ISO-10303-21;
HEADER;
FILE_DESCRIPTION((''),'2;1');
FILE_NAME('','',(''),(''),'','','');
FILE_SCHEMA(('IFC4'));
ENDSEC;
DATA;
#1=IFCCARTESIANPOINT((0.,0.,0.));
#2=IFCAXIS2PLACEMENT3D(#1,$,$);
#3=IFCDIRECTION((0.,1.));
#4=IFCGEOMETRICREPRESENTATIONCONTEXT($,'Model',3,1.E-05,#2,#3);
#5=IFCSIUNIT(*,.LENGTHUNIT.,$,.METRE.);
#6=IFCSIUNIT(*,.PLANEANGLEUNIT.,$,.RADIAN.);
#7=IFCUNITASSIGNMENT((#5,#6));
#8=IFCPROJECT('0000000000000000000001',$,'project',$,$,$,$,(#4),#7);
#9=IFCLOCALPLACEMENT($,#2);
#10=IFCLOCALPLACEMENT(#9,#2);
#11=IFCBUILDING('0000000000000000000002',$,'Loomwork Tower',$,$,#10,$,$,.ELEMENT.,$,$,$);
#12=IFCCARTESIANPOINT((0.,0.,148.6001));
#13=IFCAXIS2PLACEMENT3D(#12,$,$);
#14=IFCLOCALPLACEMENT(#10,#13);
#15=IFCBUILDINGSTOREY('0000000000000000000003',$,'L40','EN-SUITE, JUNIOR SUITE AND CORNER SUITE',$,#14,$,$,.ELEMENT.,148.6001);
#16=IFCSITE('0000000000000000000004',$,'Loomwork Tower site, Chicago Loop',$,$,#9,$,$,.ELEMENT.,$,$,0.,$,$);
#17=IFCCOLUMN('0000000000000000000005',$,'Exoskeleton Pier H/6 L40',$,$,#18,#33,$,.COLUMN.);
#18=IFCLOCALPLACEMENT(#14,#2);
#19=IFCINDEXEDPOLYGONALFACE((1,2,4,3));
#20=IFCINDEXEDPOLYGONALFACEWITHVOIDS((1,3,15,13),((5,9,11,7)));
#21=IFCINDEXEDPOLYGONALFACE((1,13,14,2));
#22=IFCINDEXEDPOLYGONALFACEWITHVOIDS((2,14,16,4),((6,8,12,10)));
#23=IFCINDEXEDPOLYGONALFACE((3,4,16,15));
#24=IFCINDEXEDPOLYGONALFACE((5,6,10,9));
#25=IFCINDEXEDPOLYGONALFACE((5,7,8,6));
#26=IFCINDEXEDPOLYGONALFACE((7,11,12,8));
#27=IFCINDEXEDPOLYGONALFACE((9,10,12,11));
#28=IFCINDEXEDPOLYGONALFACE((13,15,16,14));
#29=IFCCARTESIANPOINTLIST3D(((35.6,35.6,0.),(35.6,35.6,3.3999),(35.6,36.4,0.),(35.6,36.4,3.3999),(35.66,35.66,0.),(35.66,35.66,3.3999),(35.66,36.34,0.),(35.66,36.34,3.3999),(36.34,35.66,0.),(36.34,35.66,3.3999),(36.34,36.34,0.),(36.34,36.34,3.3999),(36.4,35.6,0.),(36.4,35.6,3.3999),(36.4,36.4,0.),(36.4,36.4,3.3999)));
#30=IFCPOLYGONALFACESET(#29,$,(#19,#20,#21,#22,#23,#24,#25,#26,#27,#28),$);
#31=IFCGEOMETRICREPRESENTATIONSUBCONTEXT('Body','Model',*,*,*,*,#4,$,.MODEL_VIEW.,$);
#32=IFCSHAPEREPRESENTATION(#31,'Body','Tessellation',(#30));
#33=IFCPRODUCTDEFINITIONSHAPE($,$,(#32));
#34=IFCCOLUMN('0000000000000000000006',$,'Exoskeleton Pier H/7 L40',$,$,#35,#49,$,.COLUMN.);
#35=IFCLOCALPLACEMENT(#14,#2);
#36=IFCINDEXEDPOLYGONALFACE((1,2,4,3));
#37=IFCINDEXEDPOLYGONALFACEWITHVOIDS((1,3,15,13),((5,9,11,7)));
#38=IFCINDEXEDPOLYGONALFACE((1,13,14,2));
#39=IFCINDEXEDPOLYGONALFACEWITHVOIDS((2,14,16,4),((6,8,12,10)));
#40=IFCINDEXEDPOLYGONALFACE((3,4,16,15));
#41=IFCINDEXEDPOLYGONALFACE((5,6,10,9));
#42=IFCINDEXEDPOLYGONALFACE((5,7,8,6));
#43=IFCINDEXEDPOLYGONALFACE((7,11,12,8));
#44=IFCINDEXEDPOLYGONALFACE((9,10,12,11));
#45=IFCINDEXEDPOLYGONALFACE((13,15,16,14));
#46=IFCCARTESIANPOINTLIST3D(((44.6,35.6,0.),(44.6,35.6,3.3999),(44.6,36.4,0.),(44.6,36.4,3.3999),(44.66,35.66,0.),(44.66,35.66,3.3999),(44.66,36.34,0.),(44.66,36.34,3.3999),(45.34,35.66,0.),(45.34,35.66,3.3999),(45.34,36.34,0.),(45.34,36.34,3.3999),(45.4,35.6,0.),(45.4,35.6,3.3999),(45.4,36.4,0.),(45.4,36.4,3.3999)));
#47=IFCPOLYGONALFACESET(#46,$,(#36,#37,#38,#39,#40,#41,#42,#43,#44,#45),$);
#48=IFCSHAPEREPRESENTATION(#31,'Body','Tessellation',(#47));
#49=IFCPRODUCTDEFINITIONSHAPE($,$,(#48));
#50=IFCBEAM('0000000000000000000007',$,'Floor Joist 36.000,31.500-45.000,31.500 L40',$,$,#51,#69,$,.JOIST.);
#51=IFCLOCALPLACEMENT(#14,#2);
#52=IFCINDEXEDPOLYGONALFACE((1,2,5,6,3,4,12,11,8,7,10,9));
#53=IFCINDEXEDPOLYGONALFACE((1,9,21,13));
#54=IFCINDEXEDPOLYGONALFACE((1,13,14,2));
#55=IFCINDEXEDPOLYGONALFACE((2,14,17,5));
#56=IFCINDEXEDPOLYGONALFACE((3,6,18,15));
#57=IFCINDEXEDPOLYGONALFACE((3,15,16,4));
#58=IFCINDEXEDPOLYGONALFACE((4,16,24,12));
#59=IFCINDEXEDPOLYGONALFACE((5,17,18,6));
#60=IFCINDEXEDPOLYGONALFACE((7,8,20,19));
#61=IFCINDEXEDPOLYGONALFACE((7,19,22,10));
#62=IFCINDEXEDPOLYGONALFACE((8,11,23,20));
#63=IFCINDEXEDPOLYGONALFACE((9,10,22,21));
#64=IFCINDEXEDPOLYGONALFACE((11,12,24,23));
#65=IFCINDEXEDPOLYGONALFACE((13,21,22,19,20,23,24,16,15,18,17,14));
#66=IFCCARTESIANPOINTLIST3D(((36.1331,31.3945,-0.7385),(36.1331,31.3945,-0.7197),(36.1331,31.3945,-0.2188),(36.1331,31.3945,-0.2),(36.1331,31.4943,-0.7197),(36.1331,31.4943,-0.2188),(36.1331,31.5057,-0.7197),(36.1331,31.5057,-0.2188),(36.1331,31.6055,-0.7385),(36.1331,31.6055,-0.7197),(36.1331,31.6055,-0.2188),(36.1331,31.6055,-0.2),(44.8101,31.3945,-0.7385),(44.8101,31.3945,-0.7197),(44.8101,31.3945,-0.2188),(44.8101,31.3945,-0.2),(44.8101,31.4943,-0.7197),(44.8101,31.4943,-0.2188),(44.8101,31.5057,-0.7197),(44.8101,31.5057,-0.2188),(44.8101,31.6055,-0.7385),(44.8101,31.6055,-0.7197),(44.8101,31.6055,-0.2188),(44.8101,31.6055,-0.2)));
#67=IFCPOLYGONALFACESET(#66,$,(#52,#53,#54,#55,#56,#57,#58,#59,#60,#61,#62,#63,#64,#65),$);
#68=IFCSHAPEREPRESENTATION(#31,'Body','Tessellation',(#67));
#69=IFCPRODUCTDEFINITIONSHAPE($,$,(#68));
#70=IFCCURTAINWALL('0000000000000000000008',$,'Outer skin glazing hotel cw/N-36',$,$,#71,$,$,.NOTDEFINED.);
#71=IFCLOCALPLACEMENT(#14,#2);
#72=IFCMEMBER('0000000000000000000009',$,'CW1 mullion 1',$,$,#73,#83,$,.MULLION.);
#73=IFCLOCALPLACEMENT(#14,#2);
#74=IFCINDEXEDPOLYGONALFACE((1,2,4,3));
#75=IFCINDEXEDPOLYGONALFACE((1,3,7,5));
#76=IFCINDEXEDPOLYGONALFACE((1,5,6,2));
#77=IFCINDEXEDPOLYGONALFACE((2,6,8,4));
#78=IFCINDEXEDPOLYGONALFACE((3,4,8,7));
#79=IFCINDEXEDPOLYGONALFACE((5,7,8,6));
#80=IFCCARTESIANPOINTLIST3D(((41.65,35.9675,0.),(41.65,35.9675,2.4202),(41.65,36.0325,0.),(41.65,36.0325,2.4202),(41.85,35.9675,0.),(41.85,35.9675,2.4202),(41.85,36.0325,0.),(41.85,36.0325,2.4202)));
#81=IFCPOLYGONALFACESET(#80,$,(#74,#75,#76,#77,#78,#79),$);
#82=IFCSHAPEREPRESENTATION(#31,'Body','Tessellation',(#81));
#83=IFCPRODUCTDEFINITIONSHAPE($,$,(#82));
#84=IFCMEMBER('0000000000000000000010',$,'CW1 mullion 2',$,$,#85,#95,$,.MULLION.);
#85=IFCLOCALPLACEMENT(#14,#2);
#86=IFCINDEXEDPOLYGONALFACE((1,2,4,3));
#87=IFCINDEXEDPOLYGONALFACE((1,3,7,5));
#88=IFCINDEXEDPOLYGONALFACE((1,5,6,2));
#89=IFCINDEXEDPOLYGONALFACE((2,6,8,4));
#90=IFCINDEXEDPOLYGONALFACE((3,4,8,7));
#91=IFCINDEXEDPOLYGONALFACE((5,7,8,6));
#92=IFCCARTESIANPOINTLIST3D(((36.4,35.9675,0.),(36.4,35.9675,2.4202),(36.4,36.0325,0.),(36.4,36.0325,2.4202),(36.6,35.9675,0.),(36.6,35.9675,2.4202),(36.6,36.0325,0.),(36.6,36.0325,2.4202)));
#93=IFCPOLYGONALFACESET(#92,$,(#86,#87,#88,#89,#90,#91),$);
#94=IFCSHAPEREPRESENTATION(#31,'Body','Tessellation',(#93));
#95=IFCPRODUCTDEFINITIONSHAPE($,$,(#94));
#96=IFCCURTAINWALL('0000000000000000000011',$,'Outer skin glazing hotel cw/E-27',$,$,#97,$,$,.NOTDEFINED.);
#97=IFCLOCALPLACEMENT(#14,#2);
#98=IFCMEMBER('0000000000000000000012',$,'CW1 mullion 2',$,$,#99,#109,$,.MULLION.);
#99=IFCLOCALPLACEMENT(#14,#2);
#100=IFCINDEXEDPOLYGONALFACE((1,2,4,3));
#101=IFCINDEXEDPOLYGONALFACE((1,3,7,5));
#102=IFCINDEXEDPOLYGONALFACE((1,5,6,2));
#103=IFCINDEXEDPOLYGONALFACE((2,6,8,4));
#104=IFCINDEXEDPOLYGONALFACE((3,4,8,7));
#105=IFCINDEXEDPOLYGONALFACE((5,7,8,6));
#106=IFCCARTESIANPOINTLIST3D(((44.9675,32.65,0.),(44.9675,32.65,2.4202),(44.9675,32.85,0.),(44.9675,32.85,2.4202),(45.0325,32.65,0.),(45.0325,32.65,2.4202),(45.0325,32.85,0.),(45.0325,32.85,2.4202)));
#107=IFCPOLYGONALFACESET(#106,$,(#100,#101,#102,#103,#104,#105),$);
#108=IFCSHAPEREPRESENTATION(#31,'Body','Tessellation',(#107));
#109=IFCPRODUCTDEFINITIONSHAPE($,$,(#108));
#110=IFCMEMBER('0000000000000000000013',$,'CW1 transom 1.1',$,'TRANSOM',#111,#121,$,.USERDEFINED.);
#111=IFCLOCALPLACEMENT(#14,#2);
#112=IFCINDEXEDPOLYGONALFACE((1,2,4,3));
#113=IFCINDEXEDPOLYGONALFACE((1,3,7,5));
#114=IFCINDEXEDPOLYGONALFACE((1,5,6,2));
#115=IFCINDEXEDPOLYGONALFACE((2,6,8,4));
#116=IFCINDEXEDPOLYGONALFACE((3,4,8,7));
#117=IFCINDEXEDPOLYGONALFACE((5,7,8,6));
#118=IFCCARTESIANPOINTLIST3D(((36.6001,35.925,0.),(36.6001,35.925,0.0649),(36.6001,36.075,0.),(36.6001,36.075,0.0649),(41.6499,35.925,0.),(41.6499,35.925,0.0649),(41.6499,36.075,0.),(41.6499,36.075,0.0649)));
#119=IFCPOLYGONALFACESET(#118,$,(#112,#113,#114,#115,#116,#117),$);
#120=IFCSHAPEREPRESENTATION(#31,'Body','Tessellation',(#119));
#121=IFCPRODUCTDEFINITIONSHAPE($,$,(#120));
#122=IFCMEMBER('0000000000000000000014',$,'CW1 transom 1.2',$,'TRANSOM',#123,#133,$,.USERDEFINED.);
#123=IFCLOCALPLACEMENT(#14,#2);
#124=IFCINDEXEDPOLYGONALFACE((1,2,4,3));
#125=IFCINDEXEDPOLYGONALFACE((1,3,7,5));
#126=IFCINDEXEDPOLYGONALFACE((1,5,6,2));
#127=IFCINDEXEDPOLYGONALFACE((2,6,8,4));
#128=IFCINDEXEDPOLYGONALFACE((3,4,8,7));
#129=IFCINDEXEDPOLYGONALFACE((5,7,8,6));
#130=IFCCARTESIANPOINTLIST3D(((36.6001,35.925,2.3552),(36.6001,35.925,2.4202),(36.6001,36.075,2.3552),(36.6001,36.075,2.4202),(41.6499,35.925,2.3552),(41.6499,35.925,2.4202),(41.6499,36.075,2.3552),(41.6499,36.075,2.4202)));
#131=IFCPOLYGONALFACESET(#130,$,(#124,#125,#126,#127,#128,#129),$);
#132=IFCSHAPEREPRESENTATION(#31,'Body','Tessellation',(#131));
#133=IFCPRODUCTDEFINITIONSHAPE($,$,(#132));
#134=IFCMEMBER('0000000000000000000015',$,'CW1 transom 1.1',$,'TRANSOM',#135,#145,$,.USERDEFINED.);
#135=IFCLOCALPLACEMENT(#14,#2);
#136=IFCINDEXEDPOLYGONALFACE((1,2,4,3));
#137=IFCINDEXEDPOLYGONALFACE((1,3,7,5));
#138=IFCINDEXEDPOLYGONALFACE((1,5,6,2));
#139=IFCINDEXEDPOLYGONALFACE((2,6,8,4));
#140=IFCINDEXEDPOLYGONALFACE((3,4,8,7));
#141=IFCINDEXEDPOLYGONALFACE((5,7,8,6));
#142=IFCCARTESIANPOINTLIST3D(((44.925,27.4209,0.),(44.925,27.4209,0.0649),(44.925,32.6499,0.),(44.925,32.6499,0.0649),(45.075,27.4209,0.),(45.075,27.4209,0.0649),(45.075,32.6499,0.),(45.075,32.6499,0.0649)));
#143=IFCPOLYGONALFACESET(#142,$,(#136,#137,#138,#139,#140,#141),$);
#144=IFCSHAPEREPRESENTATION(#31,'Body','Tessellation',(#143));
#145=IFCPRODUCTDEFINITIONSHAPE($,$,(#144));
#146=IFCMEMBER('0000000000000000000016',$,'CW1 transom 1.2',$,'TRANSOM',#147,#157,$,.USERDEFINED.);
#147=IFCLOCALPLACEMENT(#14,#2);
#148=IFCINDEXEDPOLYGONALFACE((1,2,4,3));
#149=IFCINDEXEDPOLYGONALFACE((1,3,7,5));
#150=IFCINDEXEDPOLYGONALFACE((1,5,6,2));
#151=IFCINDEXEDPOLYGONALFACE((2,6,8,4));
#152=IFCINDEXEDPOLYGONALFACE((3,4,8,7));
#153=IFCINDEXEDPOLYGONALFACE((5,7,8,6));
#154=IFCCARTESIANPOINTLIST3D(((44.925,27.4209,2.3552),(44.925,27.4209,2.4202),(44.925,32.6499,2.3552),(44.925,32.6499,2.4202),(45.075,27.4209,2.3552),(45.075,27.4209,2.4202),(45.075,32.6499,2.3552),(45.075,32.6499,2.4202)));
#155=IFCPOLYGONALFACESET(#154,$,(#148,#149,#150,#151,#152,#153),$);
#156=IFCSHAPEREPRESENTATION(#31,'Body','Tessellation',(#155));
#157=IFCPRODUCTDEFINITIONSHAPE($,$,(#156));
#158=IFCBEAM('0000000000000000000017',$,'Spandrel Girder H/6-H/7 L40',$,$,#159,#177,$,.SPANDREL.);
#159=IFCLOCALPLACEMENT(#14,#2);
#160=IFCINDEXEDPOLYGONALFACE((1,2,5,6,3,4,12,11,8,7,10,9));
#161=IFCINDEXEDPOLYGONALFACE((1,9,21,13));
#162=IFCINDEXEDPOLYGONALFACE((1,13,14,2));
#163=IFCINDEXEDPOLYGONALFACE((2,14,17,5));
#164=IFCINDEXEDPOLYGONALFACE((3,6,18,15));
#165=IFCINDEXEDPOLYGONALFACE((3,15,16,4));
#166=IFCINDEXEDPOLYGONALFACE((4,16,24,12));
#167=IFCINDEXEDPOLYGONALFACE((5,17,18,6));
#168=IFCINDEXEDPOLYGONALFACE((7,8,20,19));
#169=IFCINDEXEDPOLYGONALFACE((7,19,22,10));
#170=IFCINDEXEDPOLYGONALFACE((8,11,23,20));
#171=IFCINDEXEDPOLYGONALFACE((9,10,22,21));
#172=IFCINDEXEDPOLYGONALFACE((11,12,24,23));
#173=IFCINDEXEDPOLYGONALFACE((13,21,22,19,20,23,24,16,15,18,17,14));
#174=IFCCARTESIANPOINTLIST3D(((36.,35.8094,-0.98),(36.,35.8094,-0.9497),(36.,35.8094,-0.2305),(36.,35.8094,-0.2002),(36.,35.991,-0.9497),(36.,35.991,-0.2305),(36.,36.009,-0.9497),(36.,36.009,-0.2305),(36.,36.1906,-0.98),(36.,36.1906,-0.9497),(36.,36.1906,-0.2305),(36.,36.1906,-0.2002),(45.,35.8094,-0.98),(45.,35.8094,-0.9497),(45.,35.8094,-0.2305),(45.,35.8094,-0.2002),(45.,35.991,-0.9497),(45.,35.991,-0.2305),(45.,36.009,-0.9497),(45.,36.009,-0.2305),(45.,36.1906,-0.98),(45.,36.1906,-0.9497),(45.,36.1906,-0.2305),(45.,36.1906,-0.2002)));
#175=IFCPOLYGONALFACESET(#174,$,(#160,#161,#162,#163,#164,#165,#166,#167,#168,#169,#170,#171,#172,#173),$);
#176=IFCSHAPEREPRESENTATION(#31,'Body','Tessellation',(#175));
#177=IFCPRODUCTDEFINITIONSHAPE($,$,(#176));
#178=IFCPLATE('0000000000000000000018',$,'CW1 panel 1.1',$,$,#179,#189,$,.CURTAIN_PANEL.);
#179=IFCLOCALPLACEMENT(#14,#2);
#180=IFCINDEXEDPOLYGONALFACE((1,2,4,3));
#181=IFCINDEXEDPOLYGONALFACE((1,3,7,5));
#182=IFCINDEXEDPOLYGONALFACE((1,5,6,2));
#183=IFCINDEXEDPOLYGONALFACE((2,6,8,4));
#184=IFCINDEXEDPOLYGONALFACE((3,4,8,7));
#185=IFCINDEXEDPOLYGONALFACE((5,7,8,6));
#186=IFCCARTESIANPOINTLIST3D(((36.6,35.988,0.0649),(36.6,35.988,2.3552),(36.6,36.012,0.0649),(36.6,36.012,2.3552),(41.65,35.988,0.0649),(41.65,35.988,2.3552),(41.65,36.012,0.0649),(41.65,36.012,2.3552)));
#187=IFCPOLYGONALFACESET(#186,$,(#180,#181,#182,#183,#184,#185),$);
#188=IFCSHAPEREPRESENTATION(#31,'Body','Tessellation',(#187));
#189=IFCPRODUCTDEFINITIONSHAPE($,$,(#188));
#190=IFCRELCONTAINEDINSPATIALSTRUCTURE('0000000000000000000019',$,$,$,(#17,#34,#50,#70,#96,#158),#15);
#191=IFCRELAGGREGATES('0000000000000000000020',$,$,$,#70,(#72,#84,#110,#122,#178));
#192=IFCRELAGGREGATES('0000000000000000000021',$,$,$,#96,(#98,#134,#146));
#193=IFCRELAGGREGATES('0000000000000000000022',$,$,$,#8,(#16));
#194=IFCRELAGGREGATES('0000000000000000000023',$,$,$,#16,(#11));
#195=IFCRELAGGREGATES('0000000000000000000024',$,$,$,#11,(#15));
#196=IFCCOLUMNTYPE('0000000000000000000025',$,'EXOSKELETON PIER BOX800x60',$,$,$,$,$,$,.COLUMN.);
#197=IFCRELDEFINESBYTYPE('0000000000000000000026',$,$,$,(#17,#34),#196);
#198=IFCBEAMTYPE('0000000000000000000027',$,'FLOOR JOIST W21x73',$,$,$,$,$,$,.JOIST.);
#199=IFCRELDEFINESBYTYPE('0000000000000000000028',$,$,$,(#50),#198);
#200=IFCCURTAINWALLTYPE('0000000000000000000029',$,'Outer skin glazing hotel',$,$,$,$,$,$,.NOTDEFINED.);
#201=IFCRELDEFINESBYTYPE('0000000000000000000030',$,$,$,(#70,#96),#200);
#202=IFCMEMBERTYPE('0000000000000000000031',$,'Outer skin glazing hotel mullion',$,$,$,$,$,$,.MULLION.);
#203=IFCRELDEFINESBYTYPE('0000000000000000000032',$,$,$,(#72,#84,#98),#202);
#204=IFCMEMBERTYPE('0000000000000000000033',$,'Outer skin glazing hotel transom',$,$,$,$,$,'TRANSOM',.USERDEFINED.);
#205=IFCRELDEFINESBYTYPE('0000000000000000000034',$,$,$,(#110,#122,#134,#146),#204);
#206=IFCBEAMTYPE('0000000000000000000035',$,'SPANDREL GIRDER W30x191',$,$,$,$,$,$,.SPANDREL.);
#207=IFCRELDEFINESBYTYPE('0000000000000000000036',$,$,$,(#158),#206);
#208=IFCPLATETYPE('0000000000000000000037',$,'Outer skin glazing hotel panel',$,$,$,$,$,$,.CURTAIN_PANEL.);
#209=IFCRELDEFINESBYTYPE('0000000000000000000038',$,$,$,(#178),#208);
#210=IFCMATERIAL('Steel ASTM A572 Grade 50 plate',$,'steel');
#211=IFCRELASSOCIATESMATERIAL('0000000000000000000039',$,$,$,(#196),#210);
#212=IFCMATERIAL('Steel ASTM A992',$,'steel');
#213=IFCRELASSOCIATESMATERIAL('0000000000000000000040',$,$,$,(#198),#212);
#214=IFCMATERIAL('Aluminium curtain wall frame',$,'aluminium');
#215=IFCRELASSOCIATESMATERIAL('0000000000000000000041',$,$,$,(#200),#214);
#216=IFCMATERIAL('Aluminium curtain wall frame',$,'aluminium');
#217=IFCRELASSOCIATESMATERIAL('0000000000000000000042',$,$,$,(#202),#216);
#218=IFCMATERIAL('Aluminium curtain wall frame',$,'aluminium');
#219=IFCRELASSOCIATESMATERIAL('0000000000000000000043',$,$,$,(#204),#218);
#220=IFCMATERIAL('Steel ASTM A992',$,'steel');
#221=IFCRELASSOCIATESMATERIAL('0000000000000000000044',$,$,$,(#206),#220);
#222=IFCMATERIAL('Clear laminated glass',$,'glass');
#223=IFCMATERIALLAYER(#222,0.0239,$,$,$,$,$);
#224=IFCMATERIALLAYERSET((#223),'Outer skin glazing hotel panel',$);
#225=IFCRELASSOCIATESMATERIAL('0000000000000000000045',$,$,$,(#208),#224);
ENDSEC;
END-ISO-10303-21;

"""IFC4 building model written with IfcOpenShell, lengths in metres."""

from ifc_helpers import new_model, si_unit, direction, frame, origin, origin_2d, place, context, subcontext, project, spatial, rectangle, hollow_rectangle, i_section, extrude, material, layer, layer_set, material_profile, profile_set, type_object, element, aggregate, save


model = new_model("IFC4")

# Units and contexts
model_context = context("Model", 3, precision=1e-05, world=origin(), true_north=direction((0.0, 1.0)))
body_context = subcontext(model_context, "Body", "Model", "MODEL_VIEW")
ifc_project = project(units=[si_unit("LENGTHUNIT", "METRE"), si_unit("PLANEANGLEUNIT", "RADIAN")], contexts=[model_context])

# Site, building, storey
site_placement = place(None, origin())
site = spatial("IfcSite", under=ifc_project, at=site_placement, Name="Loomwork Tower site, Chicago Loop", CompositionType="ELEMENT", RefElevation=0.0)
building_placement = place(site_placement, origin())
building = spatial("IfcBuilding", under=site, at=building_placement, Name="Loomwork Tower", CompositionType="ELEMENT")
storey_placement = place(building_placement, frame((0.0, 0.0, 148.6001)))
storey = spatial("IfcBuildingStorey", under=building, at=storey_placement, Name="L40", Description="EN-SUITE, JUNIOR SUITE AND CORNER SUITE", CompositionType="ELEMENT", Elevation=148.6001)

# Columns
ifc_material_1 = material(Name="Steel ASTM A572 Grade 50 plate", Category="steel")
ifc_material_profile_1 = material_profile(ifc_material_1, hollow_rectangle(XDim=0.8, YDim=0.8, WallThickness=0.0601, at=origin_2d()), Name="BOX800x60")
ifc_profile_set_1 = profile_set([ifc_material_profile_1], Name="Steel ASTM A572 Grade 50 plate")
column_type = type_object("IfcColumnType", Name="EXOSKELETON PIER BOX800x60", PredefinedType="COLUMN", material=ifc_profile_set_1)
for number, where, z_axis, x_axis, name in (
    (1, (36.0, 36.0, 0.0), (0.0, 0.0, 1.0), (1.0, 0.0, 0.0), "Exoskeleton Pier H/6 L40"),
    (2, (45.0, 36.0, 0.0), (0.0, 0.0, 1.0), (1.0, 0.0, 0.0), "Exoskeleton Pier H/7 L40"),
):
    element("IfcColumn", number, at=place(storey_placement, frame(where, z_axis=z_axis, x_axis=x_axis)), inside=storey, type_object=column_type, Name=name, PredefinedType="COLUMN", context=body_context, shape_type="SweptSolid", body=[
        extrude(hollow_rectangle(XDim=0.8, YDim=0.8, WallThickness=0.0601, at=origin_2d()), origin(), (0.0, 0.0, 1.0), 3.3999),
    ])

# Beam
ifc_material_2 = material(Name="Steel ASTM A992", Category="steel")
ifc_material_profile_2 = material_profile(ifc_material_2, i_section(OverallWidth=0.2109, OverallDepth=0.5386, WebThickness=0.0115, FlangeThickness=0.0188, at=origin_2d()), Name="W21x73")
ifc_profile_set_2 = profile_set([ifc_material_profile_2], Name="Steel ASTM A992")
beam_type_1 = type_object("IfcBeamType", Name="FLOOR JOIST W21x73", PredefinedType="JOIST", material=ifc_profile_set_2)
beam_1_placement = place(storey_placement, frame((36.1331, 31.5, -0.4692), z_axis=(1.0, 0.0, 0.0), x_axis=(0.0, 1.0, 0.0)))
element("IfcBeam", 3, at=beam_1_placement, inside=storey, type_object=beam_type_1, Name="Floor Joist 36.000,31.500-45.000,31.500 L40", PredefinedType="JOIST", context=body_context, shape_type="SweptSolid", body=[
    extrude(i_section(OverallWidth=0.2109, OverallDepth=0.5386, WebThickness=0.0115, FlangeThickness=0.0188, at=origin_2d()), origin(), (0.0, 0.0, 1.0), 8.677),
])

# Curtain wall, members
ifc_material_3 = material(Name="Aluminium curtain wall frame", Category="aluminium")
curtain_wall_type = type_object("IfcCurtainWallType", Name="Outer skin glazing hotel", PredefinedType="NOTDEFINED", material=ifc_material_3)
curtain_wall_1_placement = place(storey_placement, origin())
curtain_wall_1 = element("IfcCurtainWall", 4, at=curtain_wall_1_placement, inside=storey, type_object=curtain_wall_type, Name="Outer skin glazing hotel cw/N-36", PredefinedType="NOTDEFINED")
ifc_material_4 = material(Name="Aluminium curtain wall frame", Category="aluminium")
ifc_material_profile_3 = material_profile(ifc_material_4, rectangle(XDim=0.0649, YDim=0.2, at=origin_2d()), Name="AL 65x200")
ifc_profile_set_3 = profile_set([ifc_material_profile_3], Name="Aluminium curtain wall frame")
member_type_1 = type_object("IfcMemberType", Name="Outer skin glazing hotel mullion", PredefinedType="MULLION", material=ifc_profile_set_3)
member_1_placement = place(storey_placement, frame((41.75, 36.0, 0.0), z_axis=(0.0, 0.0, 1.0), x_axis=(0.0, -1.0, 0.0)))
member_1 = element("IfcMember", 5, at=member_1_placement, type_object=member_type_1, Name="CW1 mullion 1", PredefinedType="MULLION", context=body_context, shape_type="SweptSolid", body=[
    extrude(rectangle(XDim=0.0649, YDim=0.2, at=origin_2d()), origin(), (0.0, 0.0, 1.0), 2.4202),
])
member_2_placement = place(storey_placement, frame((36.5, 36.0, 0.0), z_axis=(0.0, 0.0, 1.0), x_axis=(0.0, -1.0, 0.0)))
member_2 = element("IfcMember", 6, at=member_2_placement, type_object=member_type_1, Name="CW1 mullion 2", PredefinedType="MULLION", context=body_context, shape_type="SweptSolid", body=[
    extrude(rectangle(XDim=0.0649, YDim=0.2, at=origin_2d()), origin(), (0.0, 0.0, 1.0), 2.4202),
])

# Curtain wall, member
curtain_wall_2_placement = place(storey_placement, origin())
curtain_wall_2 = element("IfcCurtainWall", 7, at=curtain_wall_2_placement, inside=storey, type_object=curtain_wall_type, Name="Outer skin glazing hotel cw/E-27", PredefinedType="NOTDEFINED")
member_3_placement = place(storey_placement, frame((45.0, 32.75, 0.0), z_axis=(0.0, 0.0, 1.0), x_axis=(-1.0, 0.0, 0.0)))
member_3 = element("IfcMember", 8, at=member_3_placement, type_object=member_type_1, Name="CW1 mullion 2", PredefinedType="MULLION", context=body_context, shape_type="SweptSolid", body=[
    extrude(rectangle(XDim=0.0649, YDim=0.2, at=origin_2d()), origin(), (0.0, 0.0, 1.0), 2.4202),
])

# Members
ifc_material_5 = material(Name="Aluminium curtain wall frame", Category="aluminium")
ifc_material_profile_4 = material_profile(ifc_material_5, rectangle(XDim=0.1499, YDim=0.0649, at=origin_2d()), Name="AL 65x150")
ifc_profile_set_4 = profile_set([ifc_material_profile_4], Name="Aluminium curtain wall frame")
member_type_2 = type_object("IfcMemberType", Name="Outer skin glazing hotel transom", ElementType="TRANSOM", PredefinedType="USERDEFINED", material=ifc_profile_set_4)
member_4_placement = place(storey_placement, frame((41.6499, 36.0, 0.0325), z_axis=(-1.0, 0.0, 0.0), x_axis=(0.0, -1.0, 0.0)))
member_4 = element("IfcMember", 9, at=member_4_placement, type_object=member_type_2, Name="CW1 transom 1.1", ObjectType="TRANSOM", PredefinedType="USERDEFINED", context=body_context, shape_type="SweptSolid", body=[
    extrude(rectangle(XDim=0.1499, YDim=0.0649, at=origin_2d()), origin(), (0.0, 0.0, 1.0), 5.0498),
])
member_5_placement = place(storey_placement, frame((41.6499, 36.0, 2.3877), z_axis=(-1.0, 0.0, 0.0), x_axis=(0.0, -1.0, 0.0)))
member_5 = element("IfcMember", 10, at=member_5_placement, type_object=member_type_2, Name="CW1 transom 1.2", ObjectType="TRANSOM", PredefinedType="USERDEFINED", context=body_context, shape_type="SweptSolid", body=[
    extrude(rectangle(XDim=0.1499, YDim=0.0649, at=origin_2d()), origin(), (0.0, 0.0, 1.0), 5.0498),
])
member_6_placement = place(storey_placement, frame((45.0, 27.4209, 0.0325), z_axis=(0.0, 1.0, 0.0), x_axis=(-1.0, 0.0, 0.0)))
member_6 = element("IfcMember", 11, at=member_6_placement, type_object=member_type_2, Name="CW1 transom 1.1", ObjectType="TRANSOM", PredefinedType="USERDEFINED", context=body_context, shape_type="SweptSolid", body=[
    extrude(rectangle(XDim=0.1499, YDim=0.0649, at=origin_2d()), origin(), (0.0, 0.0, 1.0), 5.229),
])
member_7_placement = place(storey_placement, frame((45.0, 27.4209, 2.3877), z_axis=(0.0, 1.0, 0.0), x_axis=(-1.0, 0.0, 0.0)))
member_7 = element("IfcMember", 12, at=member_7_placement, type_object=member_type_2, Name="CW1 transom 1.2", ObjectType="TRANSOM", PredefinedType="USERDEFINED", context=body_context, shape_type="SweptSolid", body=[
    extrude(rectangle(XDim=0.1499, YDim=0.0649, at=origin_2d()), origin(), (0.0, 0.0, 1.0), 5.229),
])

# Beam
ifc_material_6 = material(Name="Steel ASTM A992", Category="steel")
ifc_material_profile_5 = material_profile(ifc_material_6, i_section(OverallWidth=0.3811, OverallDepth=0.7798, WebThickness=0.0181, FlangeThickness=0.0303, at=origin_2d()), Name="W30x191")
ifc_profile_set_5 = profile_set([ifc_material_profile_5], Name="Steel ASTM A992")
beam_type_2 = type_object("IfcBeamType", Name="SPANDREL GIRDER W30x191", PredefinedType="SPANDREL", material=ifc_profile_set_5)
beam_2_placement = place(storey_placement, frame((36.0, 36.0, -0.5901), z_axis=(1.0, 0.0, 0.0), x_axis=(0.0, 1.0, 0.0)))
element("IfcBeam", 13, at=beam_2_placement, inside=storey, type_object=beam_type_2, Name="Spandrel Girder H/6-H/7 L40", PredefinedType="SPANDREL", context=body_context, shape_type="SweptSolid", body=[
    extrude(i_section(OverallWidth=0.3811, OverallDepth=0.7798, WebThickness=0.0181, FlangeThickness=0.0303, at=origin_2d()), origin(), (0.0, 0.0, 1.0), 9.0),
])

# Plate
ifc_material_7 = material(Name="Clear laminated glass", Category="glass")
ifc_layer_1 = layer(ifc_material_7, 0.0239)
ifc_layer_set_1 = layer_set([ifc_layer_1], Name="Outer skin glazing hotel panel")
plate_type = type_object("IfcPlateType", Name="Outer skin glazing hotel panel", PredefinedType="CURTAIN_PANEL", material=ifc_layer_set_1)
plate_1_placement = place(storey_placement, frame((39.125, 36.0, 0.0649), z_axis=(0.0, 0.0, 1.0), x_axis=(-1.0, 0.0, 0.0)))
plate_1 = element("IfcPlate", 14, at=plate_1_placement, type_object=plate_type, Name="CW1 panel 1.1", PredefinedType="CURTAIN_PANEL", context=body_context, shape_type="SweptSolid", body=[
    extrude(rectangle(XDim=5.05, YDim=0.0239, at=origin_2d()), origin(), (0.0, 0.0, 1.0), 2.2903),
])
aggregate(curtain_wall_1, [member_1, member_2, member_4, member_5, plate_1])
aggregate(curtain_wall_2, [member_3, member_6, member_7])

save(model, "model.ifc")
